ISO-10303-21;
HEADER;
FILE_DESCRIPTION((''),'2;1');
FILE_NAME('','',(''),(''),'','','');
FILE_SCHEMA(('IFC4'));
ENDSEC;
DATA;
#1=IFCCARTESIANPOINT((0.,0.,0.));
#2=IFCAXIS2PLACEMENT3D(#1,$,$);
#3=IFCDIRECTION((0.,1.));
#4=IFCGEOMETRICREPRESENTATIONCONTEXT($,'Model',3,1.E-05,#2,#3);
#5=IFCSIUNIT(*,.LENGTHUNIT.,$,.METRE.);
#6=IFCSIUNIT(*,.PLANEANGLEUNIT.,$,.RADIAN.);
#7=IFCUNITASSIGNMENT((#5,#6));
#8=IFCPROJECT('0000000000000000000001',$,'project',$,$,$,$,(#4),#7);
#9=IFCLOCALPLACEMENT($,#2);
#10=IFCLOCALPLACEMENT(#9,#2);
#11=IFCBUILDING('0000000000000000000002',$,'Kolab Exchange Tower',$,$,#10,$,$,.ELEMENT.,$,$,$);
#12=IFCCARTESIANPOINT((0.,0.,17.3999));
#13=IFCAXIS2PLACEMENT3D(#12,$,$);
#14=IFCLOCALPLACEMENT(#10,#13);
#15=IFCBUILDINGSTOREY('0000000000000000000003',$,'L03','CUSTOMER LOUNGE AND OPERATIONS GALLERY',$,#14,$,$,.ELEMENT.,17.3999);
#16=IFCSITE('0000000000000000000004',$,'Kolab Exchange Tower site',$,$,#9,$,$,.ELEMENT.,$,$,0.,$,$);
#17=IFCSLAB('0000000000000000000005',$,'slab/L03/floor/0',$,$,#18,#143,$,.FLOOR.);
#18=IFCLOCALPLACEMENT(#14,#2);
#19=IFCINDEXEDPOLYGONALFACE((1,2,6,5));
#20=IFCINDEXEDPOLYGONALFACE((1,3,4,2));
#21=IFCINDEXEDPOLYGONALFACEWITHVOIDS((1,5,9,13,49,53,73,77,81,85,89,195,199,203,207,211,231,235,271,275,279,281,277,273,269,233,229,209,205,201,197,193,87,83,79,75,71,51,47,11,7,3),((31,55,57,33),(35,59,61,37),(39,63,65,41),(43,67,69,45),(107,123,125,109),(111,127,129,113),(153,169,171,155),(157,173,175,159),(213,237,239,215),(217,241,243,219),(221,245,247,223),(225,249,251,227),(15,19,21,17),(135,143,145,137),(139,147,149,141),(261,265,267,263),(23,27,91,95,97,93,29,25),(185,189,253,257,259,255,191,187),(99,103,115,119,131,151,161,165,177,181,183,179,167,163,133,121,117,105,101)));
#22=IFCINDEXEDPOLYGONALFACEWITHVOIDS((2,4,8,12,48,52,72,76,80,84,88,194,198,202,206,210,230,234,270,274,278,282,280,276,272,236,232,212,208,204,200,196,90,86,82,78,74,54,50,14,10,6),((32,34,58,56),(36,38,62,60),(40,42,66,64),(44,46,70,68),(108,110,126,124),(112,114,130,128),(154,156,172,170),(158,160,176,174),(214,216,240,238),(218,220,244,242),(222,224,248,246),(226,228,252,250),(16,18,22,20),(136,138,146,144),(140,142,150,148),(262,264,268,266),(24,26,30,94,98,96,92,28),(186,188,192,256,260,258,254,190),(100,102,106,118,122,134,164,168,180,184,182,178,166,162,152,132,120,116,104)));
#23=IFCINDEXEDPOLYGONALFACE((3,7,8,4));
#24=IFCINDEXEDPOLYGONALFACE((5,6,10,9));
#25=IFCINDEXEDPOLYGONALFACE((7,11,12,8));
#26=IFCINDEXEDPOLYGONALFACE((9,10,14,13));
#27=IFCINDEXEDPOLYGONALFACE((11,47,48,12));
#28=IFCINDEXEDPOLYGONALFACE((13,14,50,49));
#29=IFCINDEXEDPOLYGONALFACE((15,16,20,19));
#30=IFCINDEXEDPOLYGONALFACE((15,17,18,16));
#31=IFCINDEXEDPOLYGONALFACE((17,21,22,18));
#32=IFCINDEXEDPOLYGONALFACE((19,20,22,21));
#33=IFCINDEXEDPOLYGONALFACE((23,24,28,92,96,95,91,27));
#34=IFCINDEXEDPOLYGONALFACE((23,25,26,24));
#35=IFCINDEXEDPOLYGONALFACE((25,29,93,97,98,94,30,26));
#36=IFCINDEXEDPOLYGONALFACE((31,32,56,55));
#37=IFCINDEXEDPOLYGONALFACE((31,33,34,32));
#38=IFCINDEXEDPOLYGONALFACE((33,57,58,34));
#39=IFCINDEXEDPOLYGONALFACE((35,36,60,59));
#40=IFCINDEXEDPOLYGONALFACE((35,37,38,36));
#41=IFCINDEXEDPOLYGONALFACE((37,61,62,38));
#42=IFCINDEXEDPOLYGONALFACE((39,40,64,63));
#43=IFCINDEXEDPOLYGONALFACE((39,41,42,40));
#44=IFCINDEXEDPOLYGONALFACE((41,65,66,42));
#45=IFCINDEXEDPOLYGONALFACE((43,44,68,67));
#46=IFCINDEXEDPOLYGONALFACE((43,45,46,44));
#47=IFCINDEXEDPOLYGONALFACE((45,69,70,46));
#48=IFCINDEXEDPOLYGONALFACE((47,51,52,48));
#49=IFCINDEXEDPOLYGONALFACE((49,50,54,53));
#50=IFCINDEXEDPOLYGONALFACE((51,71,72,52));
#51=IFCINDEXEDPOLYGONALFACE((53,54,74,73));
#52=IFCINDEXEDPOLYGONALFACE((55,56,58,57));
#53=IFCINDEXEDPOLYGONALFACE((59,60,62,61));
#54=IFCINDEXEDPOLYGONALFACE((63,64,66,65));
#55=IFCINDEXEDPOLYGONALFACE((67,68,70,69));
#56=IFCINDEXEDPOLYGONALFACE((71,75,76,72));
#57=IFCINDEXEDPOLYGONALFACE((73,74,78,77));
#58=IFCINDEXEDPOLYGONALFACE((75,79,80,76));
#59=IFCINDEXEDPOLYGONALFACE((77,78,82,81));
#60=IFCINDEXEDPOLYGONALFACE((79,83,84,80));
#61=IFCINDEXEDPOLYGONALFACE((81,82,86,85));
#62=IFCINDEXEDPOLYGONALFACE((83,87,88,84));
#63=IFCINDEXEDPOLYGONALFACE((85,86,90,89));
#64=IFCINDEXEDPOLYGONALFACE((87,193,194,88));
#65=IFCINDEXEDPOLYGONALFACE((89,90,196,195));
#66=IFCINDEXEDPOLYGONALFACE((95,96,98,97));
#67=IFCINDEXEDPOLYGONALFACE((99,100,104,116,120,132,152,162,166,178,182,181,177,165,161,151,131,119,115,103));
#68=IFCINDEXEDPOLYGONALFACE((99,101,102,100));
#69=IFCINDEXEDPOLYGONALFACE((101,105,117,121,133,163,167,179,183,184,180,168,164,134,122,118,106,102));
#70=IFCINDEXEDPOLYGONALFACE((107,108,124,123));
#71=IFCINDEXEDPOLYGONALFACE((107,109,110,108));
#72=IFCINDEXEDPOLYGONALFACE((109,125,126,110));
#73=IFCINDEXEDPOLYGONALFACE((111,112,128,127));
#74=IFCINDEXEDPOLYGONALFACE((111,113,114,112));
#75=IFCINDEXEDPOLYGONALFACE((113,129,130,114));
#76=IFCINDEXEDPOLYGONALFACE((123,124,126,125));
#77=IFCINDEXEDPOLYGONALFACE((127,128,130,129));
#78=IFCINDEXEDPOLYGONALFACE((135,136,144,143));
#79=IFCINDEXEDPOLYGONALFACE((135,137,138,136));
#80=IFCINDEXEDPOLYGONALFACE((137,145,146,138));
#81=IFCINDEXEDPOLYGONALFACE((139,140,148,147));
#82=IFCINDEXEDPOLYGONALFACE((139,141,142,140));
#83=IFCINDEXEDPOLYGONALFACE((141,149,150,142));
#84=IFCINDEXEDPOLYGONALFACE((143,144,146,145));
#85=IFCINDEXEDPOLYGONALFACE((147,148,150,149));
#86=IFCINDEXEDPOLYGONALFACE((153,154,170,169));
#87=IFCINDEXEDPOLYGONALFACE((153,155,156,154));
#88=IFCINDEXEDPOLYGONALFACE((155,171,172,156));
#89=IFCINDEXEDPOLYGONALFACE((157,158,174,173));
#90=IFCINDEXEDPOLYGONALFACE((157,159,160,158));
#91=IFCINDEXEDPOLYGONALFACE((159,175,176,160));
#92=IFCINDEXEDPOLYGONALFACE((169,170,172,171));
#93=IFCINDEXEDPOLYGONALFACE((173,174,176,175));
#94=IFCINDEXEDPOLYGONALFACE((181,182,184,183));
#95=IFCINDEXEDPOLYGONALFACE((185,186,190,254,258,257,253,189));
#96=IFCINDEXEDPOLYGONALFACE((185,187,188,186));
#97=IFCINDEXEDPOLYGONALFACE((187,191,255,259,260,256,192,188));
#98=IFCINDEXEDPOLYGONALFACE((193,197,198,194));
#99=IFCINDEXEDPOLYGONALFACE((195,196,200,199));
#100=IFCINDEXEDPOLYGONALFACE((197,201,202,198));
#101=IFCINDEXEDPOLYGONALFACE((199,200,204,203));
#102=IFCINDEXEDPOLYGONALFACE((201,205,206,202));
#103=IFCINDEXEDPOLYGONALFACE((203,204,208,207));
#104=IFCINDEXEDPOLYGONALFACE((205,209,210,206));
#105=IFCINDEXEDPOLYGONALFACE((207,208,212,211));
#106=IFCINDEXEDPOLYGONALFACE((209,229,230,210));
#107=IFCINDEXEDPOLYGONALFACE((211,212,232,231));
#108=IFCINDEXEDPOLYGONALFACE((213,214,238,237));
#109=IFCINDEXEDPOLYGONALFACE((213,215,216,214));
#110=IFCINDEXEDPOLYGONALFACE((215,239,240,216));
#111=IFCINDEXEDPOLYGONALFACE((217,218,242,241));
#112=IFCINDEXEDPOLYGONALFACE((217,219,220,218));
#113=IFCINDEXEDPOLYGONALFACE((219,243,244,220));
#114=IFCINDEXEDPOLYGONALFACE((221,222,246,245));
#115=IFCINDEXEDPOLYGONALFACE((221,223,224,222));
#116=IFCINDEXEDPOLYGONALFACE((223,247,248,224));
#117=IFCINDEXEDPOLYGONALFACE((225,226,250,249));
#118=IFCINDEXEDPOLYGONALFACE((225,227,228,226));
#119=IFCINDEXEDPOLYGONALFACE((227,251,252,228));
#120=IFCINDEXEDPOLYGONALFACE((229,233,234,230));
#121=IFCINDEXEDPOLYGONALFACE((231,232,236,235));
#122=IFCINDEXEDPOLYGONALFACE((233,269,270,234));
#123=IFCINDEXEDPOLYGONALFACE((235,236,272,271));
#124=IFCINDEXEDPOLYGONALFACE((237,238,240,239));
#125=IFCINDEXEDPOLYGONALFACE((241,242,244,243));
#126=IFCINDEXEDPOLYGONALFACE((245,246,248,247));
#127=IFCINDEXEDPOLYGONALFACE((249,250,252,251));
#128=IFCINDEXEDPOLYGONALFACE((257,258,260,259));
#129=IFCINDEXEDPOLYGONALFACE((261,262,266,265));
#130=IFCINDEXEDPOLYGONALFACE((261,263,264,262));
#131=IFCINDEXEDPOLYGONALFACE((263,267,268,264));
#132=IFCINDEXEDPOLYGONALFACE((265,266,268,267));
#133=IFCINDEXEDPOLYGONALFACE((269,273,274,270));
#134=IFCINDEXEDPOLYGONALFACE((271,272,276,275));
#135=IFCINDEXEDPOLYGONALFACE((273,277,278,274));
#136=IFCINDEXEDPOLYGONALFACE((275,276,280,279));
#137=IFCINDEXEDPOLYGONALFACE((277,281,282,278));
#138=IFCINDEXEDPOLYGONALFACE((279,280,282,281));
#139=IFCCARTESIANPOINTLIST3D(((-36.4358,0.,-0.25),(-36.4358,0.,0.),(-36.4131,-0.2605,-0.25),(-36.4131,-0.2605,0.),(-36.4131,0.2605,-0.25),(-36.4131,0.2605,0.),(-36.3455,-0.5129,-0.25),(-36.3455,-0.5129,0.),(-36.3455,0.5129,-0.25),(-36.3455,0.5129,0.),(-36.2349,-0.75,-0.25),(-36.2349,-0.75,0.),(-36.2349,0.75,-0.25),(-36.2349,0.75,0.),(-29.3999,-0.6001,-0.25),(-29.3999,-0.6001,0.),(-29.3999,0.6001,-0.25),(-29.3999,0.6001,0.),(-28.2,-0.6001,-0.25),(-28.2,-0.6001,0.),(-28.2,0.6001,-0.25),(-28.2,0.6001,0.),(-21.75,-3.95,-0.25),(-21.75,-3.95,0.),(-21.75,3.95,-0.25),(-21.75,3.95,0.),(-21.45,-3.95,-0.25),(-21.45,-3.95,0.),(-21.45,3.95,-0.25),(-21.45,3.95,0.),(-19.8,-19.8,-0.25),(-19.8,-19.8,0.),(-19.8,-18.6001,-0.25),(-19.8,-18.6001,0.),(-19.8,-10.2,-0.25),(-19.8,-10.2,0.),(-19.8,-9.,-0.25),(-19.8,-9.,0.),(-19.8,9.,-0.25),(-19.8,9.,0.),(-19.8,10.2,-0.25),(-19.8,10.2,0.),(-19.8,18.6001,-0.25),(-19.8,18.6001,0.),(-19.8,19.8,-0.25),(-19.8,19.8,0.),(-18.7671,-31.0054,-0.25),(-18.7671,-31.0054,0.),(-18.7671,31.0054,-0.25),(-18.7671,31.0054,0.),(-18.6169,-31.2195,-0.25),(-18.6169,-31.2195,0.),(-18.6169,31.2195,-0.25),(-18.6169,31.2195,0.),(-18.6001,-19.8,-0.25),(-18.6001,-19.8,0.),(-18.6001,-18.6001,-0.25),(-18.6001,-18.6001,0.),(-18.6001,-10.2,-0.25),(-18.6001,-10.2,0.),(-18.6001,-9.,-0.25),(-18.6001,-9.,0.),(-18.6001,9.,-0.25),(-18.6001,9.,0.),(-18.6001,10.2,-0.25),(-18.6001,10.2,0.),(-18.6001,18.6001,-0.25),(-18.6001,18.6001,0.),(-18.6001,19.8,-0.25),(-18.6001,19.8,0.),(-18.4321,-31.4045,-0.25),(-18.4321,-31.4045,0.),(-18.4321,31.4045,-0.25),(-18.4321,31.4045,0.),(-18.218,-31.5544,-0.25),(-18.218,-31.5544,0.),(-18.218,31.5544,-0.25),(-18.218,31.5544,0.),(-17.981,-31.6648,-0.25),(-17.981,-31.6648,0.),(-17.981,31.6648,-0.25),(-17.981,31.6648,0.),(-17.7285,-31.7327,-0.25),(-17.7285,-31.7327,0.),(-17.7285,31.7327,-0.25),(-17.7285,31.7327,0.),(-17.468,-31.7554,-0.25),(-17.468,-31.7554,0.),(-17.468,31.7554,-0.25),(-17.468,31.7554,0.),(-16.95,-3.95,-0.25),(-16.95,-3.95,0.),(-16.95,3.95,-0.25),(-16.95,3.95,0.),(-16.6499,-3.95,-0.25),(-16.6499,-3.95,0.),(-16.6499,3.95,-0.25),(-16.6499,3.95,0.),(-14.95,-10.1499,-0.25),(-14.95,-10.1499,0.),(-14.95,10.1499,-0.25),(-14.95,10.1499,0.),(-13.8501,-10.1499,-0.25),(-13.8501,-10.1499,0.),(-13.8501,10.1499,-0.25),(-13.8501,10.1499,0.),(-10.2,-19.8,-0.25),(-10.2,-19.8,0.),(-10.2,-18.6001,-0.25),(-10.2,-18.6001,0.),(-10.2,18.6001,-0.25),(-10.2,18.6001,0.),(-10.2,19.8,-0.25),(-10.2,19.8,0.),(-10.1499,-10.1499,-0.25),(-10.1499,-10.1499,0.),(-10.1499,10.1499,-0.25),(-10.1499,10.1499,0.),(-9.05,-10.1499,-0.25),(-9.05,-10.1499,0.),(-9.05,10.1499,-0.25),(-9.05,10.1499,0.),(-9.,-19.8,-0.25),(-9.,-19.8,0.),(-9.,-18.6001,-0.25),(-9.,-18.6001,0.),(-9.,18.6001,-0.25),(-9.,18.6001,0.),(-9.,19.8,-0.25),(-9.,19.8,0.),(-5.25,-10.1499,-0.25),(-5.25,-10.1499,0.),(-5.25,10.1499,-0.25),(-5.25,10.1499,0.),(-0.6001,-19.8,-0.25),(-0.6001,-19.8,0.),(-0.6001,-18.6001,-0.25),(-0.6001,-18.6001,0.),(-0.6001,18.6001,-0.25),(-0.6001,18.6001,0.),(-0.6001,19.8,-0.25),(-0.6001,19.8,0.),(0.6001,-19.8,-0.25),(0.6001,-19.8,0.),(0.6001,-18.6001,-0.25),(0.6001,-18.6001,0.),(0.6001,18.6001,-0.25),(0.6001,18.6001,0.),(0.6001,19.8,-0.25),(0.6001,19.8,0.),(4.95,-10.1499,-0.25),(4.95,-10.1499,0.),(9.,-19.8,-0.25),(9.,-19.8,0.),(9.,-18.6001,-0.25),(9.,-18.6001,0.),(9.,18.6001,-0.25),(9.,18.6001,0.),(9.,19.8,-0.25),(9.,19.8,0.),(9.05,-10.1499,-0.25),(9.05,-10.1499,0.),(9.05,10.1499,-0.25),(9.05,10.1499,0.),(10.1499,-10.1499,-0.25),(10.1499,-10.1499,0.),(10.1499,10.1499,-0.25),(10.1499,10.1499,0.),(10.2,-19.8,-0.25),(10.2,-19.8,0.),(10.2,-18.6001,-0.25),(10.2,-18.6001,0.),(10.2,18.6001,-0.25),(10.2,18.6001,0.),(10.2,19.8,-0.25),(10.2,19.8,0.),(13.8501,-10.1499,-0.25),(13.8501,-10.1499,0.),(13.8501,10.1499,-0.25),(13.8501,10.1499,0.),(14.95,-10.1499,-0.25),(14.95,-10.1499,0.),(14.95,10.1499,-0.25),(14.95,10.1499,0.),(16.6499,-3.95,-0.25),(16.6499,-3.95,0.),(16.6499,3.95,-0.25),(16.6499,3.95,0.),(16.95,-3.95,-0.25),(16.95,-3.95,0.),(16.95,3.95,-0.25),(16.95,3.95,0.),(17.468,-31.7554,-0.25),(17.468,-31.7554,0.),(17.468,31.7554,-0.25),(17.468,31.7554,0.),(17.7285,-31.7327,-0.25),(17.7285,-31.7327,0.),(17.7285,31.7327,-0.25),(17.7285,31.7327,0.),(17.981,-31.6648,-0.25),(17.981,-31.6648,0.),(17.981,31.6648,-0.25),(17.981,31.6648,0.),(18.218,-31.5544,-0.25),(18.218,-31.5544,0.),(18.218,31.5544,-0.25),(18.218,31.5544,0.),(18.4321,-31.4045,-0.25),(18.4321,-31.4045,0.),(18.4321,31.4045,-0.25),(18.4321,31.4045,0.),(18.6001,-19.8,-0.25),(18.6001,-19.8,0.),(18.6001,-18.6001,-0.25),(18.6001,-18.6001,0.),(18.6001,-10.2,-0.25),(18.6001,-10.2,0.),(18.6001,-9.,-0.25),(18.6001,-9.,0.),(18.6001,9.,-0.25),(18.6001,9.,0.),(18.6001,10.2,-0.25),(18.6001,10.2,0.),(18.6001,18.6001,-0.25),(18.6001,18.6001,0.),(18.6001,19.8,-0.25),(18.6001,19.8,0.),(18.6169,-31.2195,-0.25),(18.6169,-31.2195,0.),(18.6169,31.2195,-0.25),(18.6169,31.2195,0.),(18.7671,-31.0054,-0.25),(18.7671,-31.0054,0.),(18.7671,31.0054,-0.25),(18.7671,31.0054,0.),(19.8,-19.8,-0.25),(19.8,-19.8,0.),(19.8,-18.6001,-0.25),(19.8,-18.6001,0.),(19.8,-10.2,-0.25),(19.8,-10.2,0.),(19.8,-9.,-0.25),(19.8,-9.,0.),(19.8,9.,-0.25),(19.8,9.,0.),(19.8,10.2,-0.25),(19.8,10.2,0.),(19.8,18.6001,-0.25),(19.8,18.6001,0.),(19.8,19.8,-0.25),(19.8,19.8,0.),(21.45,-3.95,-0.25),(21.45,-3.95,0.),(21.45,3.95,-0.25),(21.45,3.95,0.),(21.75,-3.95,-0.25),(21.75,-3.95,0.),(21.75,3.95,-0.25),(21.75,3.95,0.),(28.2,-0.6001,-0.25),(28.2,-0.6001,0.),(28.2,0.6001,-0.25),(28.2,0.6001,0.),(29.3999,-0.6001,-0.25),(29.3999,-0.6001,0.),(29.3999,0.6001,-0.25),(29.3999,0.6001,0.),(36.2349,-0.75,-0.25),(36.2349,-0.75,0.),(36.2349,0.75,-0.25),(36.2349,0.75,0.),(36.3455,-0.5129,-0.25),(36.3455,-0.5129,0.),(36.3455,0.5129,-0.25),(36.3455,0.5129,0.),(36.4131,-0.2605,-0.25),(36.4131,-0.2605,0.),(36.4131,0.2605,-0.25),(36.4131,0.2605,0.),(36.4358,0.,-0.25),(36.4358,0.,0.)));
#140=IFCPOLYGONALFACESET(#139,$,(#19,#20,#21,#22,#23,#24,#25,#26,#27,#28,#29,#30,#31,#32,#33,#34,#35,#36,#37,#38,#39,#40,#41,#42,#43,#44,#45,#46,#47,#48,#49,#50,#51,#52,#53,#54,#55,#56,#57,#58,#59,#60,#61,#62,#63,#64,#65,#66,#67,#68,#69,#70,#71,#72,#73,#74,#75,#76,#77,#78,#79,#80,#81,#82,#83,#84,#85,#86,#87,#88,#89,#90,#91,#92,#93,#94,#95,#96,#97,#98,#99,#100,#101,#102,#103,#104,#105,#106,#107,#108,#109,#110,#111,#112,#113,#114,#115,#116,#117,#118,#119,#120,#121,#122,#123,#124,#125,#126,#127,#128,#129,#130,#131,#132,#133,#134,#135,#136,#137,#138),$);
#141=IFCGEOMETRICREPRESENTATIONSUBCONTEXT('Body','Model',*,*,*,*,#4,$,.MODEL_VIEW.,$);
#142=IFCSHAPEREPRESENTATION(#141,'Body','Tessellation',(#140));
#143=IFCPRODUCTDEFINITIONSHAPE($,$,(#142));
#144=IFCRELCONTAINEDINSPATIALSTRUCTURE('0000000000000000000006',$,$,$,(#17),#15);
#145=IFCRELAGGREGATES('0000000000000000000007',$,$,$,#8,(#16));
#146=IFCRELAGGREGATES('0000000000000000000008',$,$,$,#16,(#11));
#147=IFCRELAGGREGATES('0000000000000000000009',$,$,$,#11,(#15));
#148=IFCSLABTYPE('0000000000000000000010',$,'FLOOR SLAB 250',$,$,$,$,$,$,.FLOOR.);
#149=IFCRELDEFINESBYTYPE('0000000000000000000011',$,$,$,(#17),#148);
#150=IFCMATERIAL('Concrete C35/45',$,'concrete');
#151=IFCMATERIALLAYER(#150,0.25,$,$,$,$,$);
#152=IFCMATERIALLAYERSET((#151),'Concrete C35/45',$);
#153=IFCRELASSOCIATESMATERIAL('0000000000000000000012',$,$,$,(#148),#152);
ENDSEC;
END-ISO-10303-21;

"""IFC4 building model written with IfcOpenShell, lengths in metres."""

from ifc_helpers import new_model, si_unit, direction, frame, origin, place, context, subcontext, project, spatial, polyline, outline, extrude, material, layer, layer_set, type_object, element, save


model = new_model("IFC4")

# Units and contexts
model_context = context("Model", 3, precision=1e-05, world=origin(), true_north=direction((0.0, 1.0)))
body_context = subcontext(model_context, "Body", "Model", "MODEL_VIEW")
ifc_project = project(units=[si_unit("LENGTHUNIT", "METRE"), si_unit("PLANEANGLEUNIT", "RADIAN")], contexts=[model_context])

# Site, building, storey
site_placement = place(None, origin())
site = spatial("IfcSite", under=ifc_project, at=site_placement, Name="Kolab Exchange Tower site", CompositionType="ELEMENT", RefElevation=0.0)
building_placement = place(site_placement, origin())
building = spatial("IfcBuilding", under=site, at=building_placement, Name="Kolab Exchange Tower", CompositionType="ELEMENT")
storey_placement = place(building_placement, frame((0.0, 0.0, 17.3999)))
storey = spatial("IfcBuildingStorey", under=building, at=storey_placement, Name="L03", Description="CUSTOMER LOUNGE AND OPERATIONS GALLERY", CompositionType="ELEMENT", Elevation=17.3999)

# Slab
ifc_material_1 = material(Name="Concrete C35/45", Category="concrete")
ifc_layer_1 = layer(ifc_material_1, 0.25)
ifc_layer_set_1 = layer_set([ifc_layer_1], Name="Concrete C35/45")
slab_type = type_object("IfcSlabType", Name="FLOOR SLAB 250", PredefinedType="FLOOR", material=ifc_layer_set_1)
slab_1_placement = place(storey_placement, frame((0.0, 0.0, -0.25)))
element("IfcSlab", 1, at=slab_1_placement, inside=storey, type_object=slab_type, Name="slab/L03/floor/0", PredefinedType="FLOOR", context=body_context, shape_type="SweptSolid", body=[
    extrude(outline(polyline([(18.7671, -31.0054), (36.2349, -0.75), (36.3455, -0.5129), (36.4131, -0.2605), (36.4358, 0.0), (36.4131, 0.2605), (36.3455, 0.5129), (36.2349, 0.75), (18.7671, 31.0054), (18.6169, 31.2195), (18.4321, 31.4045), (18.218, 31.5544), (17.981, 31.6648), (17.7285, 31.7327), (17.468, 31.7554), (-17.468, 31.7554), (-17.7285, 31.7327), (-17.981, 31.6648), (-18.218, 31.5544), (-18.4321, 31.4045), (-18.6169, 31.2195), (-18.7671, 31.0054), (-36.2349, 0.75), (-36.3455, 0.5129), (-36.4131, 0.2605), (-36.4358, 0.0), (-36.4131, -0.2605), (-36.3455, -0.5129), (-36.2349, -0.75), (-18.7671, -31.0054), (-18.6169, -31.2195), (-18.4321, -31.4045), (-18.218, -31.5544), (-17.981, -31.6648), (-17.7285, -31.7327), (-17.468, -31.7554), (17.468, -31.7554), (17.7285, -31.7327), (17.981, -31.6648), (18.218, -31.5544), (18.4321, -31.4045), (18.6169, -31.2195), (18.7671, -31.0054)]), holes=[polyline([(-19.8, -18.6001), (-18.6001, -18.6001), (-18.6001, -19.8), (-19.8, -19.8), (-19.8, -18.6001)]), polyline([(-18.6001, -9.0), (-18.6001, -10.2), (-19.8, -10.2), (-19.8, -9.0), (-18.6001, -9.0)]), polyline([(-21.75, -3.95), (-21.75, 3.95), (-21.45, 3.95), (-16.95, 3.95), (-16.6499, 3.95), (-16.6499, -3.95), (-16.95, -3.95), (-21.45, -3.95), (-21.75, -3.95)]), polyline([(-14.95, 10.1499), (-13.8501, 10.1499), (-10.1499, 10.1499), (-9.05, 10.1499), (-5.25, 10.1499), (9.05, 10.1499), (10.1499, 10.1499), (13.8501, 10.1499), (14.95, 10.1499), (14.95, -10.1499), (13.8501, -10.1499), (10.1499, -10.1499), (9.05, -10.1499), (4.95, -10.1499), (-5.25, -10.1499), (-9.05, -10.1499), (-10.1499, -10.1499), (-13.8501, -10.1499), (-14.95, -10.1499), (-14.95, 10.1499)]), polyline([(-28.2, 0.6001), (-28.2, -0.6001), (-29.3999, -0.6001), (-29.3999, 0.6001), (-28.2, 0.6001)]), polyline([(-18.6001, 10.2), (-18.6001, 9.0), (-19.8, 9.0), (-19.8, 10.2), (-18.6001, 10.2)]), polyline([(-19.8, 19.8), (-18.6001, 19.8), (-18.6001, 18.6001), (-19.8, 18.6001), (-19.8, 19.8)]), polyline([(-9.0, -18.6001), (-9.0, -19.8), (-10.2, -19.8), (-10.2, -18.6001), (-9.0, -18.6001)]), polyline([(-9.0, 19.8), (-9.0, 18.6001), (-10.2, 18.6001), (-10.2, 19.8), (-9.0, 19.8)]), polyline([(0.6001, -18.6001), (0.6001, -19.8), (-0.6001, -19.8), (-0.6001, -18.6001), (0.6001, -18.6001)]), polyline([(0.6001, 19.8), (0.6001, 18.6001), (-0.6001, 18.6001), (-0.6001, 19.8), (0.6001, 19.8)]), polyline([(10.2, -18.6001), (10.2, -19.8), (9.0, -19.8), (9.0, -18.6001), (10.2, -18.6001)]), polyline([(9.0, 19.8), (10.2, 19.8), (10.2, 18.6001), (9.0, 18.6001), (9.0, 19.8)]), polyline([(19.8, -18.6001), (19.8, -19.8), (18.6001, -19.8), (18.6001, -18.6001), (19.8, -18.6001)]), polyline([(19.8, -9.0), (19.8, -10.2), (18.6001, -10.2), (18.6001, -9.0), (19.8, -9.0)]), polyline([(16.95, -3.95), (16.6499, -3.95), (16.6499, 3.95), (16.95, 3.95), (21.45, 3.95), (21.75, 3.95), (21.75, -3.95), (21.45, -3.95), (16.95, -3.95)]), polyline([(29.3999, 0.6001), (29.3999, -0.6001), (28.2, -0.6001), (28.2, 0.6001), (29.3999, 0.6001)]), polyline([(18.6001, 10.2), (19.8, 10.2), (19.8, 9.0), (18.6001, 9.0), (18.6001, 10.2)]), polyline([(18.6001, 19.8), (19.8, 19.8), (19.8, 18.6001), (18.6001, 18.6001), (18.6001, 19.8)])]), origin(), (0.0, 0.0, 1.0), 0.25),
])

save(model, "model.ifc")
